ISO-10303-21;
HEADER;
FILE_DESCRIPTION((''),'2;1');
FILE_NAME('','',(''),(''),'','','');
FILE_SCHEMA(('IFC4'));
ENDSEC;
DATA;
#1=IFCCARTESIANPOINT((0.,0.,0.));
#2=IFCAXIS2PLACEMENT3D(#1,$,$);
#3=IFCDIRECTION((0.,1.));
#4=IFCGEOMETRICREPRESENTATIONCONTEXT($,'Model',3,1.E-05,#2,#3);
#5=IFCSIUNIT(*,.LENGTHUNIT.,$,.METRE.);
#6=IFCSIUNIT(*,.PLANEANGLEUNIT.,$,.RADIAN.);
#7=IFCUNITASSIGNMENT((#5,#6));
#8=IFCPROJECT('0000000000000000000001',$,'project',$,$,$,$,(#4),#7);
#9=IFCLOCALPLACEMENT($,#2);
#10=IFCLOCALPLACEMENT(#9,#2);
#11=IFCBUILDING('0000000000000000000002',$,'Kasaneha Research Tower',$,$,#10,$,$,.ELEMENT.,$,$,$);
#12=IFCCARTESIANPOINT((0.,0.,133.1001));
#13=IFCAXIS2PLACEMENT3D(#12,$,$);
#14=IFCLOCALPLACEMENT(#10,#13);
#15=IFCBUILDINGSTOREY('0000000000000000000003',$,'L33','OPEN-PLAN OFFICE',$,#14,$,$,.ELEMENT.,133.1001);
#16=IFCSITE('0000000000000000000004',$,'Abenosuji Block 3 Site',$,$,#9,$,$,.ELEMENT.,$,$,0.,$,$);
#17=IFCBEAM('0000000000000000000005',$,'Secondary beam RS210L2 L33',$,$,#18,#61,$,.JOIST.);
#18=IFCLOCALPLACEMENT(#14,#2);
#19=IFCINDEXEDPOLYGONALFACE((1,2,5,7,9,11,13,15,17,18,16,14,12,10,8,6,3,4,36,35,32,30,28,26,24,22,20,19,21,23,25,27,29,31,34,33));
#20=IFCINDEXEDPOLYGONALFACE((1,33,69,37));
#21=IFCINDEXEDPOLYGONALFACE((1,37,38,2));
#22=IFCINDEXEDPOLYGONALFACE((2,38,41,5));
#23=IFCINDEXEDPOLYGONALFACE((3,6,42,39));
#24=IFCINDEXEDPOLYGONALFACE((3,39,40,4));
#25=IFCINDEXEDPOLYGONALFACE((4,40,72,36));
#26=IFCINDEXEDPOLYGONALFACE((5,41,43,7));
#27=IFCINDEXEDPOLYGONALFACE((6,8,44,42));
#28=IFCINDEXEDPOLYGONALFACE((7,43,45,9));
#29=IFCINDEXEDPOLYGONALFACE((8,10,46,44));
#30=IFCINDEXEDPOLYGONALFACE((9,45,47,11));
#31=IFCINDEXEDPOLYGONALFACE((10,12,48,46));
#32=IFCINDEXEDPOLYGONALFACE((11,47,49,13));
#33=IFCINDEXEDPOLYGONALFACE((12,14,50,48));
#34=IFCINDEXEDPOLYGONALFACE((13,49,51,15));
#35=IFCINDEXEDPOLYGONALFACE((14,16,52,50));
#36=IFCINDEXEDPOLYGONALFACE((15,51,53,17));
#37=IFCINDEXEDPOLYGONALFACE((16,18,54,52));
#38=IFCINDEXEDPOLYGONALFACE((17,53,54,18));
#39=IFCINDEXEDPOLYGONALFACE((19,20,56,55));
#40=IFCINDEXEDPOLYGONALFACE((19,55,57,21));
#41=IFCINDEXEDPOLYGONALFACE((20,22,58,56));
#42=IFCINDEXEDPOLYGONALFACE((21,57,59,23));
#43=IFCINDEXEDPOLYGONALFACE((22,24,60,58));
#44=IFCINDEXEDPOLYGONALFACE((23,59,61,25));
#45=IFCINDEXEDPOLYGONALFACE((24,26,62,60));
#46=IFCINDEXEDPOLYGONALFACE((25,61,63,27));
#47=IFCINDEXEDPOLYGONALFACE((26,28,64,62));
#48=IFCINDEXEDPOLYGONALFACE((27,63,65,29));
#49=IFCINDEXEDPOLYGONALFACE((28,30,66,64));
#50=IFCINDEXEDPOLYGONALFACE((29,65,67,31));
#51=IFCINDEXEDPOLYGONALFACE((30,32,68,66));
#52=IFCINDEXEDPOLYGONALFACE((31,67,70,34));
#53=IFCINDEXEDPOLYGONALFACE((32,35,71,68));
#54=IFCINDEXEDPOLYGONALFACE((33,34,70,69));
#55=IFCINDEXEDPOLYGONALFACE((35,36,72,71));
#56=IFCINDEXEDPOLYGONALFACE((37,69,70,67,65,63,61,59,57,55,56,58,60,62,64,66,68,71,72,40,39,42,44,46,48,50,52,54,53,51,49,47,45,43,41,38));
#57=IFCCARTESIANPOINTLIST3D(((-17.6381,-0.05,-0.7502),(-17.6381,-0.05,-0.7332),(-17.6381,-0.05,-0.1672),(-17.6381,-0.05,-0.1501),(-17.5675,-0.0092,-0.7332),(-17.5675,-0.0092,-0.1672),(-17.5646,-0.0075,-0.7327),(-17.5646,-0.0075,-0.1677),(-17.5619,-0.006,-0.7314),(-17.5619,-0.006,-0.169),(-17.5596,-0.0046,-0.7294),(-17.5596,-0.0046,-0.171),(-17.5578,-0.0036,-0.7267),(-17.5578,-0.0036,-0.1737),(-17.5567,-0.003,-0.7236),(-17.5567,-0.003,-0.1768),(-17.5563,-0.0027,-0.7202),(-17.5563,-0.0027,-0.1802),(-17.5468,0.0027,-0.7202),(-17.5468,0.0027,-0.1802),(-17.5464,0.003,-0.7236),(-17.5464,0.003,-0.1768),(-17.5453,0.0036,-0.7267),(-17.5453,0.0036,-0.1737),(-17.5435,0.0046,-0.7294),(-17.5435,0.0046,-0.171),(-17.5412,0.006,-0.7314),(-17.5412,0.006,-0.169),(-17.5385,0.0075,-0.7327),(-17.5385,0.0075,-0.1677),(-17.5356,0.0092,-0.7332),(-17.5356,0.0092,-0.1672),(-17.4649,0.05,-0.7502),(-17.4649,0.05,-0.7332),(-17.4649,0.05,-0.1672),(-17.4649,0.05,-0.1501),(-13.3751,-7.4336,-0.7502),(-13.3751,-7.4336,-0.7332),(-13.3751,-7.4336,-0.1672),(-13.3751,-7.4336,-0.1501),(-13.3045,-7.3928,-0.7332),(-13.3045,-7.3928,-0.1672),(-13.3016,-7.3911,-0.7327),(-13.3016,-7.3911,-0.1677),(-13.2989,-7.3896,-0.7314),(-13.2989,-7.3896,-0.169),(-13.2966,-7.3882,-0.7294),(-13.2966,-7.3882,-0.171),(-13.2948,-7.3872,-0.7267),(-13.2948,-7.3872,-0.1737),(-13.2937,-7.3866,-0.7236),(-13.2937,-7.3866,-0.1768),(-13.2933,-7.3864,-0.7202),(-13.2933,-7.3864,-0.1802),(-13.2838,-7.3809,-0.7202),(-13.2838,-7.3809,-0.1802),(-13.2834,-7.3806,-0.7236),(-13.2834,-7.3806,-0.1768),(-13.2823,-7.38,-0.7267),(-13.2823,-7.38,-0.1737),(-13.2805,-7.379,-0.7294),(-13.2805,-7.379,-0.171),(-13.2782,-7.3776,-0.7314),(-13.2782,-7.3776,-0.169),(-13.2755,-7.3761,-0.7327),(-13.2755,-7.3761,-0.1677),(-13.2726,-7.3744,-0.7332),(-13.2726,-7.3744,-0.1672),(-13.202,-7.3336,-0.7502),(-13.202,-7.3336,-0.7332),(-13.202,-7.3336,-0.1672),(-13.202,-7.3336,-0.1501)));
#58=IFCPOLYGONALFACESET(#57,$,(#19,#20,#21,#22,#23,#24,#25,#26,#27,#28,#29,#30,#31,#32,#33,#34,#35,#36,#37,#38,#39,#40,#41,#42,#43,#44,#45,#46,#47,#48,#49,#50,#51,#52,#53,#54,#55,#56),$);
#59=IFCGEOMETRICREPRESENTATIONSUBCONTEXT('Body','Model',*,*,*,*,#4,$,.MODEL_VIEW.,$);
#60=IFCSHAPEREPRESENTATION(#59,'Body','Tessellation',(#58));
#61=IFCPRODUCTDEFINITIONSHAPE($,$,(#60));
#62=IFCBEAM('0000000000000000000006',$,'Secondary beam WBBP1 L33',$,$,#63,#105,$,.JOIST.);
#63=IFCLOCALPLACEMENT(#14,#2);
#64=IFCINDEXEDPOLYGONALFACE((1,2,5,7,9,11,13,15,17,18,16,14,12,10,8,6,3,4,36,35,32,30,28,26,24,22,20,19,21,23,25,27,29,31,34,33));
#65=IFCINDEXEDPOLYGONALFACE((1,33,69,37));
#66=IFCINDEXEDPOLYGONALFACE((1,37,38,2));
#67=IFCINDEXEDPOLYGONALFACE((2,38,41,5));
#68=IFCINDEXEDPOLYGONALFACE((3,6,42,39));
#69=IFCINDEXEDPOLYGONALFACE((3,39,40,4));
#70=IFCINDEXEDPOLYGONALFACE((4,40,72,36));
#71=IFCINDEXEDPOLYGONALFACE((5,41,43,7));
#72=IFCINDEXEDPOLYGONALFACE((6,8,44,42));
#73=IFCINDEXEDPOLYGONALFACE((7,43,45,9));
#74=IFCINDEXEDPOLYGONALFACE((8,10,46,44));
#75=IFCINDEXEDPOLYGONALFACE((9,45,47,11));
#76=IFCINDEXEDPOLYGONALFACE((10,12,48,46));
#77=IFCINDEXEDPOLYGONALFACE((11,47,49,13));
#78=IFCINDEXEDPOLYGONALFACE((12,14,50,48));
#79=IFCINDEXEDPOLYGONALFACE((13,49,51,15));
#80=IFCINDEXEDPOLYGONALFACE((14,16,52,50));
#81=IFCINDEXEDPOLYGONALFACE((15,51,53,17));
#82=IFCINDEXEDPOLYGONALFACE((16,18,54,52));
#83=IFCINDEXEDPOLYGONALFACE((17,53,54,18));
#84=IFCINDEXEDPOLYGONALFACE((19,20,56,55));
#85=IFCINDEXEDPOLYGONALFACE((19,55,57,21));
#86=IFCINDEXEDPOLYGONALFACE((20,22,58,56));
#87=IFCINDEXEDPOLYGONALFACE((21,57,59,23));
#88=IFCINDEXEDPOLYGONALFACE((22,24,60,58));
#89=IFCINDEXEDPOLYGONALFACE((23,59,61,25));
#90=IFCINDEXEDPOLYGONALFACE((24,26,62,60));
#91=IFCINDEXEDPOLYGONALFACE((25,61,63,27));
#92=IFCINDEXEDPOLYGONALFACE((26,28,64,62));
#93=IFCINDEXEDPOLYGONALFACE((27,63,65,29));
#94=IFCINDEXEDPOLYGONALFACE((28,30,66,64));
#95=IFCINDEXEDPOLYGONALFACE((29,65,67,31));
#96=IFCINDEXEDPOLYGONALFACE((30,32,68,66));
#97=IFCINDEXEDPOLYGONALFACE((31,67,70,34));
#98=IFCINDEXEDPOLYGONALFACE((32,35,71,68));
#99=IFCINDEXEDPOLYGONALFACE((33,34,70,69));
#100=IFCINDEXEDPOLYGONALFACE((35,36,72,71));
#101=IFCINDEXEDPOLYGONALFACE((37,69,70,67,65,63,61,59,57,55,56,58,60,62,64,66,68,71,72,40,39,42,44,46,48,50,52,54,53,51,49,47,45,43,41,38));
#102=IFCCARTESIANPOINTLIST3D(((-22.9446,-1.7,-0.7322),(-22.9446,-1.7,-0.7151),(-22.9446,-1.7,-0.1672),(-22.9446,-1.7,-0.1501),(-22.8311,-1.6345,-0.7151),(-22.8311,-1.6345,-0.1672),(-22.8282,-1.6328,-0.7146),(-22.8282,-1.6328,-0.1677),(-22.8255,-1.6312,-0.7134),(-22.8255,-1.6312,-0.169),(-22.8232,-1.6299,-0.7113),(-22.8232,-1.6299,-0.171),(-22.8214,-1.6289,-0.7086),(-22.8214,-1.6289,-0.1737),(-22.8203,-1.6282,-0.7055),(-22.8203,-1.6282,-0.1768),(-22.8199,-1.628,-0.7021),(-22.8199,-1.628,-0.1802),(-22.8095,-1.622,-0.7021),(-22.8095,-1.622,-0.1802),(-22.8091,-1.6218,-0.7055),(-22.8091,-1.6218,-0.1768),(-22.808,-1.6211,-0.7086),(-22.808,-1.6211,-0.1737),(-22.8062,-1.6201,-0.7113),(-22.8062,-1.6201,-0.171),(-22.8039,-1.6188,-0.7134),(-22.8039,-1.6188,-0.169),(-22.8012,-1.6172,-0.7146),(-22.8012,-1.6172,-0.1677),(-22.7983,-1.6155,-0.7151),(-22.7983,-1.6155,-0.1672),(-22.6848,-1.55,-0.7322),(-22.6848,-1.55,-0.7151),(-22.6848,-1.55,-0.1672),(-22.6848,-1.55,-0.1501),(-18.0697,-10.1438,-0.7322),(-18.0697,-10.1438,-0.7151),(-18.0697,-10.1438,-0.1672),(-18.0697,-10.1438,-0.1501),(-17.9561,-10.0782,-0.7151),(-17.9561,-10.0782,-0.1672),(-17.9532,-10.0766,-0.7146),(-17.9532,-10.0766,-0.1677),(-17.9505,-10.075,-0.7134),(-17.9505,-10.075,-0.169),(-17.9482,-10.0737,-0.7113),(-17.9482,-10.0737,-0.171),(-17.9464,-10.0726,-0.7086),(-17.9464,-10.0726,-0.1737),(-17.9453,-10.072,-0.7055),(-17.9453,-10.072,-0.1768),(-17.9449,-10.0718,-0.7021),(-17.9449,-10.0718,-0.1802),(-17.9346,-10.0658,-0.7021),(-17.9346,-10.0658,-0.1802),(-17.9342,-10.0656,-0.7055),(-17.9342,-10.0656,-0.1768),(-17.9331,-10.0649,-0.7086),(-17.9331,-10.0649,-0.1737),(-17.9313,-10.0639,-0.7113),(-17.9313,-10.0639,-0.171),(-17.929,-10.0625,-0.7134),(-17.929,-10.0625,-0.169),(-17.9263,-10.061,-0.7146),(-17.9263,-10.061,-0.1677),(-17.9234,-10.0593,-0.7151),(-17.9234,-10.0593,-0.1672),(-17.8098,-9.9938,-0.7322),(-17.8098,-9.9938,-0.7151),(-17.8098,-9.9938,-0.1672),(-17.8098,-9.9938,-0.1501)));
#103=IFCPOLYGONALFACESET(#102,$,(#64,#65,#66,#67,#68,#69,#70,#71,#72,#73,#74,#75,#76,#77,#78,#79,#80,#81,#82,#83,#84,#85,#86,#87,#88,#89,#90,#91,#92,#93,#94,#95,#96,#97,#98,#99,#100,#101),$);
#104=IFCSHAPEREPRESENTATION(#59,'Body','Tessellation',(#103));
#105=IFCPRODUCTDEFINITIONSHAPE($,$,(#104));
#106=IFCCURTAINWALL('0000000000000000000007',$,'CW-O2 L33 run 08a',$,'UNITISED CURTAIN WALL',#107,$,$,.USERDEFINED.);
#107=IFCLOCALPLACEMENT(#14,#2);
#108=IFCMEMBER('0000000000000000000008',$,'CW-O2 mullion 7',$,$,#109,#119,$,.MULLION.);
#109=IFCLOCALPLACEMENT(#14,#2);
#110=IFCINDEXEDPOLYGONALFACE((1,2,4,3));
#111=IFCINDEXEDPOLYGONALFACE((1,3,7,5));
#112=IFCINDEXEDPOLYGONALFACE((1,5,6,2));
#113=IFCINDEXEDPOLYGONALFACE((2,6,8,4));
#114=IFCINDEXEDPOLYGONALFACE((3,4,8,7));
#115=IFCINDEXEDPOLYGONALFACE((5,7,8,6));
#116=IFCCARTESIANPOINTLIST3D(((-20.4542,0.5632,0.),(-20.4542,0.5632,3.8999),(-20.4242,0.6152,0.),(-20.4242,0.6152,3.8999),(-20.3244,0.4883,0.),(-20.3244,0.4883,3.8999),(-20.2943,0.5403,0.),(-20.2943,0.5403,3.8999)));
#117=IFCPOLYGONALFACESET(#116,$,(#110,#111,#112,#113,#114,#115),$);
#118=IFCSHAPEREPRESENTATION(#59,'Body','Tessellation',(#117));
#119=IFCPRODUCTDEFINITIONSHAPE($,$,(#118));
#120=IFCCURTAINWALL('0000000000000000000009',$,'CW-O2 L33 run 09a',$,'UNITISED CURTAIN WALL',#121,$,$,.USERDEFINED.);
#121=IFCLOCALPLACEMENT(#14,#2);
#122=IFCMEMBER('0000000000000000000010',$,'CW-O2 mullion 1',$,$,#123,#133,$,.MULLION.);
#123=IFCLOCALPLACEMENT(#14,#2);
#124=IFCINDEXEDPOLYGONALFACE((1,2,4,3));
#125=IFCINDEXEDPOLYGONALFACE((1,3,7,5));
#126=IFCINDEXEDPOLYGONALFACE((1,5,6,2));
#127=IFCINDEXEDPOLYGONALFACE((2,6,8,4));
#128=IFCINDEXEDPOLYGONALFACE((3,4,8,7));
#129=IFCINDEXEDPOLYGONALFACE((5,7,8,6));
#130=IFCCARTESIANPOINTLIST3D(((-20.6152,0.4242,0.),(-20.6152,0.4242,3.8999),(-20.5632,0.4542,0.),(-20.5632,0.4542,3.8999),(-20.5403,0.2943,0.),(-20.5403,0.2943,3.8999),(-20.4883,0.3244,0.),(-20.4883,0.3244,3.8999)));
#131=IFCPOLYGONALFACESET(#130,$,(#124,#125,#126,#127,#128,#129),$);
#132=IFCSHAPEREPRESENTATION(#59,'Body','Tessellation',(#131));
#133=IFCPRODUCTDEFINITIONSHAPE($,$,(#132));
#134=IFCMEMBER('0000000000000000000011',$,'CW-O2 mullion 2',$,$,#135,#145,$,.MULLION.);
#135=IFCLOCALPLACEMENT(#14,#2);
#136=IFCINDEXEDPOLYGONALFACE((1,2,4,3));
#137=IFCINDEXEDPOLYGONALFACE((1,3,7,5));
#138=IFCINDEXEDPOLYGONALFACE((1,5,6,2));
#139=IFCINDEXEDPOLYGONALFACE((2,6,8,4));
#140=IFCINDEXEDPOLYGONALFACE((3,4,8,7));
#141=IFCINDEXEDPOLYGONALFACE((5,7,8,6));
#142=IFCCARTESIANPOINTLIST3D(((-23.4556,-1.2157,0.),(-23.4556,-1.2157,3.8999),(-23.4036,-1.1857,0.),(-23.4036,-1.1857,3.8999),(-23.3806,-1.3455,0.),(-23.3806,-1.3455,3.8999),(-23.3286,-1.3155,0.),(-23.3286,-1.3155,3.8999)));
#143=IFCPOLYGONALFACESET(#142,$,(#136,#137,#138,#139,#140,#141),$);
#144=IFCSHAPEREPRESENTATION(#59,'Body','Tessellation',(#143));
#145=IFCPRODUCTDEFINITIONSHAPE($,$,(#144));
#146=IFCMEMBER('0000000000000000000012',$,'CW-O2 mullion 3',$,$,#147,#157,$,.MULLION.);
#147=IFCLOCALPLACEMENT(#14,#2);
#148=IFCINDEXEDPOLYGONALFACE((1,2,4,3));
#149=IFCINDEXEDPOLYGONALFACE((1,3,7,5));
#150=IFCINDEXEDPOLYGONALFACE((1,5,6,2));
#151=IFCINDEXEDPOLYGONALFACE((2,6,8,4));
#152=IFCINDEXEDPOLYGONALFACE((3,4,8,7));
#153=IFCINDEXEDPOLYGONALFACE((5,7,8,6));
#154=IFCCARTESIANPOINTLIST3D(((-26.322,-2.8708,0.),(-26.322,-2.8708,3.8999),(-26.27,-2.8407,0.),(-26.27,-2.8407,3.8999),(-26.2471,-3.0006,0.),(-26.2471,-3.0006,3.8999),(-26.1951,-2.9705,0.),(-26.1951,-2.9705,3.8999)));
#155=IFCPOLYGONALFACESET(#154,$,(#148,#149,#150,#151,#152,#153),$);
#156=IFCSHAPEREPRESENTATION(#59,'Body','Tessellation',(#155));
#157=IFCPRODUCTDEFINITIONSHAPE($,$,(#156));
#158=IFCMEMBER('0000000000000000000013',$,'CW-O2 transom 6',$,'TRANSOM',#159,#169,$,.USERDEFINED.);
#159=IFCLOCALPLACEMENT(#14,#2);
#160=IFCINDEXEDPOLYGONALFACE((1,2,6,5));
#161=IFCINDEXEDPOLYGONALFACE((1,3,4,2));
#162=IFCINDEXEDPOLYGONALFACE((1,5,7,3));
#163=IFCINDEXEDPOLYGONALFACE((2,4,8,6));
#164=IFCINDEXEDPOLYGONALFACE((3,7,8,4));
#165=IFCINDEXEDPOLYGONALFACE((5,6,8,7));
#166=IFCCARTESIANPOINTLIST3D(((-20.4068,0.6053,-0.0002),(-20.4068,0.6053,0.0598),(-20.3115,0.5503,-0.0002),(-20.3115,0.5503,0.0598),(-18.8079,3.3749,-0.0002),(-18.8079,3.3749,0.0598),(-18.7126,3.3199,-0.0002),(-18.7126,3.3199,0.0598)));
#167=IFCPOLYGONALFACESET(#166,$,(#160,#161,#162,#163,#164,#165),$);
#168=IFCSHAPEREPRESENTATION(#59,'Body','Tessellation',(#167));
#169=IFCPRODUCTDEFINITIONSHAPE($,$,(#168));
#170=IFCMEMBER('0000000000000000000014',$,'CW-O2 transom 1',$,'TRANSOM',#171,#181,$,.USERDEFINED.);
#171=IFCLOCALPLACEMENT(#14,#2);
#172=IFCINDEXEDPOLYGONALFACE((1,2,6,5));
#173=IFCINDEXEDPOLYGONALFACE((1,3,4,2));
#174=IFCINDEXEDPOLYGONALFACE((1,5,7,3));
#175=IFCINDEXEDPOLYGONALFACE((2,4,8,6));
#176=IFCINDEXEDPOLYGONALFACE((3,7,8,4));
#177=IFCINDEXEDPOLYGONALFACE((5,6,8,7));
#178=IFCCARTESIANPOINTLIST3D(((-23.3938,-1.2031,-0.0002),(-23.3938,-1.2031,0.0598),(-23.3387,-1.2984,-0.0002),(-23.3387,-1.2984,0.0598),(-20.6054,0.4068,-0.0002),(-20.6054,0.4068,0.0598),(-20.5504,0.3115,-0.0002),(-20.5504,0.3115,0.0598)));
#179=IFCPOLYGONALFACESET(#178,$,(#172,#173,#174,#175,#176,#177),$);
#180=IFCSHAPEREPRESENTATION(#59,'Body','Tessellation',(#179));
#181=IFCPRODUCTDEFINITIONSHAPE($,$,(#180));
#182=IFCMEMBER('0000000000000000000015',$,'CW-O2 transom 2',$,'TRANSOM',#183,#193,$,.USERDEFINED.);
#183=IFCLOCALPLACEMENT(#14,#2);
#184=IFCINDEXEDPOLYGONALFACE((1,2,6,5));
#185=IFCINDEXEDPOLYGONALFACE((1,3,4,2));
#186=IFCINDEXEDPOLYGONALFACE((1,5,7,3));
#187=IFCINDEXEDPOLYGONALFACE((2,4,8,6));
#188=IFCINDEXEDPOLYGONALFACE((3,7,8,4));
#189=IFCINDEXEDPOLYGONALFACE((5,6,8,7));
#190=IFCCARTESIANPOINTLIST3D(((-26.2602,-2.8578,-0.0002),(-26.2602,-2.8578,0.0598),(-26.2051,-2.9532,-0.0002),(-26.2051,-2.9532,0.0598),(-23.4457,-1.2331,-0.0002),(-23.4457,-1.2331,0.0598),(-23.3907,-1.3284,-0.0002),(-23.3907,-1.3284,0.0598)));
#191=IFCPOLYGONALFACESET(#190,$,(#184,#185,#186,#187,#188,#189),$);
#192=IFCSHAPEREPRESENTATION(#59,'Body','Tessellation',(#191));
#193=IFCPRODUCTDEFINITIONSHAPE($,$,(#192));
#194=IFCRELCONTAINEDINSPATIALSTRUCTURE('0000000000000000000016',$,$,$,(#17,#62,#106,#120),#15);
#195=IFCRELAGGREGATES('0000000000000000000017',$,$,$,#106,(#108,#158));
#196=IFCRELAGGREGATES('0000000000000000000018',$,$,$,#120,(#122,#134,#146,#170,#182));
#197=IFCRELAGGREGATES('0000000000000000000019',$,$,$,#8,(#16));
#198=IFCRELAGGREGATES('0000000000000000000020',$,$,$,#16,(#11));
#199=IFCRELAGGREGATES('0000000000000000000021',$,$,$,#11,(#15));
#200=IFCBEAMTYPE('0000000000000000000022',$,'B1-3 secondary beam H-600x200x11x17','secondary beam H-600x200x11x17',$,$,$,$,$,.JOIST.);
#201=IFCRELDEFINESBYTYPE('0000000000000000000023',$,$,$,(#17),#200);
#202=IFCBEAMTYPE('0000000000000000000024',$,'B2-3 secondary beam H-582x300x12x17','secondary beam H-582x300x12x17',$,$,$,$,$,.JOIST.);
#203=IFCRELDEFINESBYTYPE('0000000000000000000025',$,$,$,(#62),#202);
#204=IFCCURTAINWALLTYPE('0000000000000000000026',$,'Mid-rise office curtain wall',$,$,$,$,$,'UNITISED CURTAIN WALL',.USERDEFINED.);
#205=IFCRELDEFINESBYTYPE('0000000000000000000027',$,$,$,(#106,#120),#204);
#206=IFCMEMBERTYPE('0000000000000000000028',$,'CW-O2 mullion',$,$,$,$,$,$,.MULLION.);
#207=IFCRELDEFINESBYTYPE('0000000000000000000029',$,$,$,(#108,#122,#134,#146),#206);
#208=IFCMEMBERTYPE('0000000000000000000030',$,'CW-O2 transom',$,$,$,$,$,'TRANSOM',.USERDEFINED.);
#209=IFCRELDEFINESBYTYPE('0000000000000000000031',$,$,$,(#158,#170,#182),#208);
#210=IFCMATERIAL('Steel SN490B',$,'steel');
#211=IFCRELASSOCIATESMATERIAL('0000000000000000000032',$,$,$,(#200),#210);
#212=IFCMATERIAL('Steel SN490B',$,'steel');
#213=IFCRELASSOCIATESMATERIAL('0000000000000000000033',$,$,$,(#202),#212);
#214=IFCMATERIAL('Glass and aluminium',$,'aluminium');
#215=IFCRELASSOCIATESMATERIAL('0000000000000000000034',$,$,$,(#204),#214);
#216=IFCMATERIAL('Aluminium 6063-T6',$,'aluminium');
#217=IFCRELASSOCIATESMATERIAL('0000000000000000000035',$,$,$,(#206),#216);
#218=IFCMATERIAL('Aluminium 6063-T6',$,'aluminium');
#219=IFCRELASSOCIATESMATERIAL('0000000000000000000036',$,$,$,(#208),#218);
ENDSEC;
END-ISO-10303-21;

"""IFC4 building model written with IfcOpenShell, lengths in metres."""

from ifc_helpers import new_model, si_unit, direction, frame, origin, origin_2d, place, context, subcontext, project, spatial, rectangle, i_section, extrude, material, material_profile, profile_set, type_object, element, aggregate, save


model = new_model("IFC4")

# Units and contexts
model_context = context("Model", 3, precision=1e-05, world=origin(), true_north=direction((0.0, 1.0)))
body_context = subcontext(model_context, "Body", "Model", "MODEL_VIEW")
ifc_project = project(units=[si_unit("LENGTHUNIT", "METRE"), si_unit("PLANEANGLEUNIT", "RADIAN")], contexts=[model_context])

# Site, building, storey
site_placement = place(None, origin())
site = spatial("IfcSite", under=ifc_project, at=site_placement, Name="Abenosuji Block 3 Site", CompositionType="ELEMENT", RefElevation=0.0)
building_placement = place(site_placement, origin())
building = spatial("IfcBuilding", under=site, at=building_placement, Name="Kasaneha Research Tower", CompositionType="ELEMENT")
storey_placement = place(building_placement, frame((0.0, 0.0, 133.1001)))
storey = spatial("IfcBuildingStorey", under=building, at=storey_placement, Name="L33", Description="OPEN-PLAN OFFICE", CompositionType="ELEMENT", Elevation=133.1001)

# Beams
ifc_material_1 = material(Name="Steel SN490B", Category="steel")
ifc_material_profile_1 = material_profile(ifc_material_1, i_section(OverallWidth=0.2, OverallDepth=0.6001, WebThickness=0.011, FlangeThickness=0.0171, FilletRadius=0.0129, at=origin_2d()), Name="H-600x200x11x17")
ifc_profile_set_1 = profile_set([ifc_material_profile_1], Name="Steel SN490B")
beam_type_1 = type_object("IfcBeamType", Name="B1-3 secondary beam H-600x200x11x17", Description="secondary beam H-600x200x11x17", PredefinedType="JOIST", material=ifc_profile_set_1)
beam_1_placement = place(storey_placement, frame((-17.5515, 0.0, -0.4502), z_axis=(0.500004, -0.866023, 0.0), x_axis=(0.866023, 0.500004, 0.0)))
element("IfcBeam", 1, at=beam_1_placement, inside=storey, type_object=beam_type_1, Name="Secondary beam RS210L2 L33", PredefinedType="JOIST", context=body_context, shape_type="SweptSolid", body=[
    extrude(i_section(OverallWidth=0.2, OverallDepth=0.6001, WebThickness=0.011, FlangeThickness=0.0171, FilletRadius=0.0129, at=origin_2d()), origin(), (0.0, 0.0, 1.0), 8.5259),
])
ifc_material_2 = material(Name="Steel SN490B", Category="steel")
ifc_material_profile_2 = material_profile(ifc_material_2, i_section(OverallWidth=0.3, OverallDepth=0.582, WebThickness=0.012, FlangeThickness=0.0171, FilletRadius=0.0129, at=origin_2d()), Name="H-582x300x12x17")
ifc_profile_set_2 = profile_set([ifc_material_profile_2], Name="Steel SN490B")
beam_type_2 = type_object("IfcBeamType", Name="B2-3 secondary beam H-582x300x12x17", Description="secondary beam H-582x300x12x17", PredefinedType="JOIST", material=ifc_profile_set_2)
beam_2_placement = place(storey_placement, frame((-22.8147, -1.625, -0.4412), z_axis=(0.499996, -0.866028, 0.0), x_axis=(0.866028, 0.499996, 0.0)))
element("IfcBeam", 2, at=beam_2_placement, inside=storey, type_object=beam_type_2, Name="Secondary beam WBBP1 L33", PredefinedType="JOIST", context=body_context, shape_type="SweptSolid", body=[
    extrude(i_section(OverallWidth=0.3, OverallDepth=0.582, WebThickness=0.012, FlangeThickness=0.0171, FilletRadius=0.0129, at=origin_2d()), origin(), (0.0, 0.0, 1.0), 9.75),
])

# Curtain wall, member
ifc_material_3 = material(Name="Glass and aluminium", Category="aluminium")
curtain_wall_type = type_object("IfcCurtainWallType", Name="Mid-rise office curtain wall", ElementType="UNITISED CURTAIN WALL", PredefinedType="USERDEFINED", material=ifc_material_3)
curtain_wall_1_placement = place(storey_placement, origin())
curtain_wall_1 = element("IfcCurtainWall", 3, at=curtain_wall_1_placement, inside=storey, type_object=curtain_wall_type, Name="CW-O2 L33 run 08a", ObjectType="UNITISED CURTAIN WALL", PredefinedType="USERDEFINED")
ifc_material_4 = material(Name="Aluminium 6063-T6", Category="aluminium")
ifc_material_profile_3 = material_profile(ifc_material_4, rectangle(XDim=0.0601, YDim=0.1499, at=origin_2d()), Name="CW-O2 mullion 60x150")
ifc_profile_set_3 = profile_set([ifc_material_profile_3], Name="Aluminium 6063-T6")
member_type_1 = type_object("IfcMemberType", Name="CW-O2 mullion", PredefinedType="MULLION", material=ifc_profile_set_3)
member_1_placement = place(storey_placement, frame((-20.3743, 0.5518, 0.0), z_axis=(0.0, 0.0, 1.0), x_axis=(-0.5, -0.866025, 0.0)))
member_1 = element("IfcMember", 4, at=member_1_placement, type_object=member_type_1, Name="CW-O2 mullion 7", PredefinedType="MULLION", context=body_context, shape_type="SweptSolid", body=[
    extrude(rectangle(XDim=0.0601, YDim=0.1499, at=origin_2d()), origin(), (0.0, 0.0, 1.0), 3.8999),
])

# Curtain wall, members
curtain_wall_2_placement = place(storey_placement, origin())
curtain_wall_2 = element("IfcCurtainWall", 5, at=curtain_wall_2_placement, inside=storey, type_object=curtain_wall_type, Name="CW-O2 L33 run 09a", ObjectType="UNITISED CURTAIN WALL", PredefinedType="USERDEFINED")
member_2_placement = place(storey_placement, frame((-20.5518, 0.3743, 0.0), z_axis=(0.0, 0.0, 1.0), x_axis=(-0.866025, -0.5, 0.0)))
member_2 = element("IfcMember", 6, at=member_2_placement, type_object=member_type_1, Name="CW-O2 mullion 1", PredefinedType="MULLION", context=body_context, shape_type="SweptSolid", body=[
    extrude(rectangle(XDim=0.0601, YDim=0.1499, at=origin_2d()), origin(), (0.0, 0.0, 1.0), 3.8999),
])
member_3_placement = place(storey_placement, frame((-23.3921, -1.2656, 0.0), z_axis=(0.0, 0.0, 1.0), x_axis=(-0.866025, -0.5, 0.0)))
member_3 = element("IfcMember", 7, at=member_3_placement, type_object=member_type_1, Name="CW-O2 mullion 2", PredefinedType="MULLION", context=body_context, shape_type="SweptSolid", body=[
    extrude(rectangle(XDim=0.0601, YDim=0.1499, at=origin_2d()), origin(), (0.0, 0.0, 1.0), 3.8999),
])
member_4_placement = place(storey_placement, frame((-26.2585, -2.9207, 0.0), z_axis=(0.0, 0.0, 1.0), x_axis=(-0.866025, -0.5, 0.0)))
member_4 = element("IfcMember", 8, at=member_4_placement, type_object=member_type_1, Name="CW-O2 mullion 3", PredefinedType="MULLION", context=body_context, shape_type="SweptSolid", body=[
    extrude(rectangle(XDim=0.0601, YDim=0.1499, at=origin_2d()), origin(), (0.0, 0.0, 1.0), 3.8999),
])

# Members
ifc_material_5 = material(Name="Aluminium 6063-T6", Category="aluminium")
ifc_material_profile_4 = material_profile(ifc_material_5, rectangle(XDim=0.1101, YDim=0.0601, at=origin_2d()), Name="CW-O2 transom 110x60")
ifc_profile_set_4 = profile_set([ifc_material_profile_4], Name="Aluminium 6063-T6")
member_type_2 = type_object("IfcMemberType", Name="CW-O2 transom", ElementType="TRANSOM", PredefinedType="USERDEFINED", material=ifc_profile_set_4)
member_5_placement = place(storey_placement, frame((-18.7603, 3.3474, 0.0298), z_axis=(-0.499974, -0.866041, 0.0), x_axis=(0.866041, -0.499974, 0.0)))
member_5 = element("IfcMember", 9, at=member_5_placement, type_object=member_type_2, Name="CW-O2 transom 6", ObjectType="TRANSOM", PredefinedType="USERDEFINED", context=body_context, shape_type="SweptSolid", body=[
    extrude(rectangle(XDim=0.1101, YDim=0.0601, at=origin_2d()), origin(), (0.0, 0.0, 1.0), 3.198),
])
member_6_placement = place(storey_placement, frame((-20.5779, 0.3591, 0.0298), z_axis=(-0.866023, -0.500005, 0.0), x_axis=(0.500005, -0.866023, 0.0)))
member_6 = element("IfcMember", 10, at=member_6_placement, type_object=member_type_2, Name="CW-O2 transom 1", ObjectType="TRANSOM", PredefinedType="USERDEFINED", context=body_context, shape_type="SweptSolid", body=[
    extrude(rectangle(XDim=0.1101, YDim=0.0601, at=origin_2d()), origin(), (0.0, 0.0, 1.0), 3.2197),
])
member_7_placement = place(storey_placement, frame((-23.4182, -1.2808, 0.0298), z_axis=(-0.866048, -0.499961, 0.0), x_axis=(0.499961, -0.866048, 0.0)))
member_7 = element("IfcMember", 11, at=member_7_placement, type_object=member_type_2, Name="CW-O2 transom 2", ObjectType="TRANSOM", PredefinedType="USERDEFINED", context=body_context, shape_type="SweptSolid", body=[
    extrude(rectangle(XDim=0.1101, YDim=0.0601, at=origin_2d()), origin(), (0.0, 0.0, 1.0), 3.2498),
])

aggregate(curtain_wall_1, [member_1, member_5])
aggregate(curtain_wall_2, [member_2, member_3, member_4, member_6, member_7])

save(model, "model.ifc")
